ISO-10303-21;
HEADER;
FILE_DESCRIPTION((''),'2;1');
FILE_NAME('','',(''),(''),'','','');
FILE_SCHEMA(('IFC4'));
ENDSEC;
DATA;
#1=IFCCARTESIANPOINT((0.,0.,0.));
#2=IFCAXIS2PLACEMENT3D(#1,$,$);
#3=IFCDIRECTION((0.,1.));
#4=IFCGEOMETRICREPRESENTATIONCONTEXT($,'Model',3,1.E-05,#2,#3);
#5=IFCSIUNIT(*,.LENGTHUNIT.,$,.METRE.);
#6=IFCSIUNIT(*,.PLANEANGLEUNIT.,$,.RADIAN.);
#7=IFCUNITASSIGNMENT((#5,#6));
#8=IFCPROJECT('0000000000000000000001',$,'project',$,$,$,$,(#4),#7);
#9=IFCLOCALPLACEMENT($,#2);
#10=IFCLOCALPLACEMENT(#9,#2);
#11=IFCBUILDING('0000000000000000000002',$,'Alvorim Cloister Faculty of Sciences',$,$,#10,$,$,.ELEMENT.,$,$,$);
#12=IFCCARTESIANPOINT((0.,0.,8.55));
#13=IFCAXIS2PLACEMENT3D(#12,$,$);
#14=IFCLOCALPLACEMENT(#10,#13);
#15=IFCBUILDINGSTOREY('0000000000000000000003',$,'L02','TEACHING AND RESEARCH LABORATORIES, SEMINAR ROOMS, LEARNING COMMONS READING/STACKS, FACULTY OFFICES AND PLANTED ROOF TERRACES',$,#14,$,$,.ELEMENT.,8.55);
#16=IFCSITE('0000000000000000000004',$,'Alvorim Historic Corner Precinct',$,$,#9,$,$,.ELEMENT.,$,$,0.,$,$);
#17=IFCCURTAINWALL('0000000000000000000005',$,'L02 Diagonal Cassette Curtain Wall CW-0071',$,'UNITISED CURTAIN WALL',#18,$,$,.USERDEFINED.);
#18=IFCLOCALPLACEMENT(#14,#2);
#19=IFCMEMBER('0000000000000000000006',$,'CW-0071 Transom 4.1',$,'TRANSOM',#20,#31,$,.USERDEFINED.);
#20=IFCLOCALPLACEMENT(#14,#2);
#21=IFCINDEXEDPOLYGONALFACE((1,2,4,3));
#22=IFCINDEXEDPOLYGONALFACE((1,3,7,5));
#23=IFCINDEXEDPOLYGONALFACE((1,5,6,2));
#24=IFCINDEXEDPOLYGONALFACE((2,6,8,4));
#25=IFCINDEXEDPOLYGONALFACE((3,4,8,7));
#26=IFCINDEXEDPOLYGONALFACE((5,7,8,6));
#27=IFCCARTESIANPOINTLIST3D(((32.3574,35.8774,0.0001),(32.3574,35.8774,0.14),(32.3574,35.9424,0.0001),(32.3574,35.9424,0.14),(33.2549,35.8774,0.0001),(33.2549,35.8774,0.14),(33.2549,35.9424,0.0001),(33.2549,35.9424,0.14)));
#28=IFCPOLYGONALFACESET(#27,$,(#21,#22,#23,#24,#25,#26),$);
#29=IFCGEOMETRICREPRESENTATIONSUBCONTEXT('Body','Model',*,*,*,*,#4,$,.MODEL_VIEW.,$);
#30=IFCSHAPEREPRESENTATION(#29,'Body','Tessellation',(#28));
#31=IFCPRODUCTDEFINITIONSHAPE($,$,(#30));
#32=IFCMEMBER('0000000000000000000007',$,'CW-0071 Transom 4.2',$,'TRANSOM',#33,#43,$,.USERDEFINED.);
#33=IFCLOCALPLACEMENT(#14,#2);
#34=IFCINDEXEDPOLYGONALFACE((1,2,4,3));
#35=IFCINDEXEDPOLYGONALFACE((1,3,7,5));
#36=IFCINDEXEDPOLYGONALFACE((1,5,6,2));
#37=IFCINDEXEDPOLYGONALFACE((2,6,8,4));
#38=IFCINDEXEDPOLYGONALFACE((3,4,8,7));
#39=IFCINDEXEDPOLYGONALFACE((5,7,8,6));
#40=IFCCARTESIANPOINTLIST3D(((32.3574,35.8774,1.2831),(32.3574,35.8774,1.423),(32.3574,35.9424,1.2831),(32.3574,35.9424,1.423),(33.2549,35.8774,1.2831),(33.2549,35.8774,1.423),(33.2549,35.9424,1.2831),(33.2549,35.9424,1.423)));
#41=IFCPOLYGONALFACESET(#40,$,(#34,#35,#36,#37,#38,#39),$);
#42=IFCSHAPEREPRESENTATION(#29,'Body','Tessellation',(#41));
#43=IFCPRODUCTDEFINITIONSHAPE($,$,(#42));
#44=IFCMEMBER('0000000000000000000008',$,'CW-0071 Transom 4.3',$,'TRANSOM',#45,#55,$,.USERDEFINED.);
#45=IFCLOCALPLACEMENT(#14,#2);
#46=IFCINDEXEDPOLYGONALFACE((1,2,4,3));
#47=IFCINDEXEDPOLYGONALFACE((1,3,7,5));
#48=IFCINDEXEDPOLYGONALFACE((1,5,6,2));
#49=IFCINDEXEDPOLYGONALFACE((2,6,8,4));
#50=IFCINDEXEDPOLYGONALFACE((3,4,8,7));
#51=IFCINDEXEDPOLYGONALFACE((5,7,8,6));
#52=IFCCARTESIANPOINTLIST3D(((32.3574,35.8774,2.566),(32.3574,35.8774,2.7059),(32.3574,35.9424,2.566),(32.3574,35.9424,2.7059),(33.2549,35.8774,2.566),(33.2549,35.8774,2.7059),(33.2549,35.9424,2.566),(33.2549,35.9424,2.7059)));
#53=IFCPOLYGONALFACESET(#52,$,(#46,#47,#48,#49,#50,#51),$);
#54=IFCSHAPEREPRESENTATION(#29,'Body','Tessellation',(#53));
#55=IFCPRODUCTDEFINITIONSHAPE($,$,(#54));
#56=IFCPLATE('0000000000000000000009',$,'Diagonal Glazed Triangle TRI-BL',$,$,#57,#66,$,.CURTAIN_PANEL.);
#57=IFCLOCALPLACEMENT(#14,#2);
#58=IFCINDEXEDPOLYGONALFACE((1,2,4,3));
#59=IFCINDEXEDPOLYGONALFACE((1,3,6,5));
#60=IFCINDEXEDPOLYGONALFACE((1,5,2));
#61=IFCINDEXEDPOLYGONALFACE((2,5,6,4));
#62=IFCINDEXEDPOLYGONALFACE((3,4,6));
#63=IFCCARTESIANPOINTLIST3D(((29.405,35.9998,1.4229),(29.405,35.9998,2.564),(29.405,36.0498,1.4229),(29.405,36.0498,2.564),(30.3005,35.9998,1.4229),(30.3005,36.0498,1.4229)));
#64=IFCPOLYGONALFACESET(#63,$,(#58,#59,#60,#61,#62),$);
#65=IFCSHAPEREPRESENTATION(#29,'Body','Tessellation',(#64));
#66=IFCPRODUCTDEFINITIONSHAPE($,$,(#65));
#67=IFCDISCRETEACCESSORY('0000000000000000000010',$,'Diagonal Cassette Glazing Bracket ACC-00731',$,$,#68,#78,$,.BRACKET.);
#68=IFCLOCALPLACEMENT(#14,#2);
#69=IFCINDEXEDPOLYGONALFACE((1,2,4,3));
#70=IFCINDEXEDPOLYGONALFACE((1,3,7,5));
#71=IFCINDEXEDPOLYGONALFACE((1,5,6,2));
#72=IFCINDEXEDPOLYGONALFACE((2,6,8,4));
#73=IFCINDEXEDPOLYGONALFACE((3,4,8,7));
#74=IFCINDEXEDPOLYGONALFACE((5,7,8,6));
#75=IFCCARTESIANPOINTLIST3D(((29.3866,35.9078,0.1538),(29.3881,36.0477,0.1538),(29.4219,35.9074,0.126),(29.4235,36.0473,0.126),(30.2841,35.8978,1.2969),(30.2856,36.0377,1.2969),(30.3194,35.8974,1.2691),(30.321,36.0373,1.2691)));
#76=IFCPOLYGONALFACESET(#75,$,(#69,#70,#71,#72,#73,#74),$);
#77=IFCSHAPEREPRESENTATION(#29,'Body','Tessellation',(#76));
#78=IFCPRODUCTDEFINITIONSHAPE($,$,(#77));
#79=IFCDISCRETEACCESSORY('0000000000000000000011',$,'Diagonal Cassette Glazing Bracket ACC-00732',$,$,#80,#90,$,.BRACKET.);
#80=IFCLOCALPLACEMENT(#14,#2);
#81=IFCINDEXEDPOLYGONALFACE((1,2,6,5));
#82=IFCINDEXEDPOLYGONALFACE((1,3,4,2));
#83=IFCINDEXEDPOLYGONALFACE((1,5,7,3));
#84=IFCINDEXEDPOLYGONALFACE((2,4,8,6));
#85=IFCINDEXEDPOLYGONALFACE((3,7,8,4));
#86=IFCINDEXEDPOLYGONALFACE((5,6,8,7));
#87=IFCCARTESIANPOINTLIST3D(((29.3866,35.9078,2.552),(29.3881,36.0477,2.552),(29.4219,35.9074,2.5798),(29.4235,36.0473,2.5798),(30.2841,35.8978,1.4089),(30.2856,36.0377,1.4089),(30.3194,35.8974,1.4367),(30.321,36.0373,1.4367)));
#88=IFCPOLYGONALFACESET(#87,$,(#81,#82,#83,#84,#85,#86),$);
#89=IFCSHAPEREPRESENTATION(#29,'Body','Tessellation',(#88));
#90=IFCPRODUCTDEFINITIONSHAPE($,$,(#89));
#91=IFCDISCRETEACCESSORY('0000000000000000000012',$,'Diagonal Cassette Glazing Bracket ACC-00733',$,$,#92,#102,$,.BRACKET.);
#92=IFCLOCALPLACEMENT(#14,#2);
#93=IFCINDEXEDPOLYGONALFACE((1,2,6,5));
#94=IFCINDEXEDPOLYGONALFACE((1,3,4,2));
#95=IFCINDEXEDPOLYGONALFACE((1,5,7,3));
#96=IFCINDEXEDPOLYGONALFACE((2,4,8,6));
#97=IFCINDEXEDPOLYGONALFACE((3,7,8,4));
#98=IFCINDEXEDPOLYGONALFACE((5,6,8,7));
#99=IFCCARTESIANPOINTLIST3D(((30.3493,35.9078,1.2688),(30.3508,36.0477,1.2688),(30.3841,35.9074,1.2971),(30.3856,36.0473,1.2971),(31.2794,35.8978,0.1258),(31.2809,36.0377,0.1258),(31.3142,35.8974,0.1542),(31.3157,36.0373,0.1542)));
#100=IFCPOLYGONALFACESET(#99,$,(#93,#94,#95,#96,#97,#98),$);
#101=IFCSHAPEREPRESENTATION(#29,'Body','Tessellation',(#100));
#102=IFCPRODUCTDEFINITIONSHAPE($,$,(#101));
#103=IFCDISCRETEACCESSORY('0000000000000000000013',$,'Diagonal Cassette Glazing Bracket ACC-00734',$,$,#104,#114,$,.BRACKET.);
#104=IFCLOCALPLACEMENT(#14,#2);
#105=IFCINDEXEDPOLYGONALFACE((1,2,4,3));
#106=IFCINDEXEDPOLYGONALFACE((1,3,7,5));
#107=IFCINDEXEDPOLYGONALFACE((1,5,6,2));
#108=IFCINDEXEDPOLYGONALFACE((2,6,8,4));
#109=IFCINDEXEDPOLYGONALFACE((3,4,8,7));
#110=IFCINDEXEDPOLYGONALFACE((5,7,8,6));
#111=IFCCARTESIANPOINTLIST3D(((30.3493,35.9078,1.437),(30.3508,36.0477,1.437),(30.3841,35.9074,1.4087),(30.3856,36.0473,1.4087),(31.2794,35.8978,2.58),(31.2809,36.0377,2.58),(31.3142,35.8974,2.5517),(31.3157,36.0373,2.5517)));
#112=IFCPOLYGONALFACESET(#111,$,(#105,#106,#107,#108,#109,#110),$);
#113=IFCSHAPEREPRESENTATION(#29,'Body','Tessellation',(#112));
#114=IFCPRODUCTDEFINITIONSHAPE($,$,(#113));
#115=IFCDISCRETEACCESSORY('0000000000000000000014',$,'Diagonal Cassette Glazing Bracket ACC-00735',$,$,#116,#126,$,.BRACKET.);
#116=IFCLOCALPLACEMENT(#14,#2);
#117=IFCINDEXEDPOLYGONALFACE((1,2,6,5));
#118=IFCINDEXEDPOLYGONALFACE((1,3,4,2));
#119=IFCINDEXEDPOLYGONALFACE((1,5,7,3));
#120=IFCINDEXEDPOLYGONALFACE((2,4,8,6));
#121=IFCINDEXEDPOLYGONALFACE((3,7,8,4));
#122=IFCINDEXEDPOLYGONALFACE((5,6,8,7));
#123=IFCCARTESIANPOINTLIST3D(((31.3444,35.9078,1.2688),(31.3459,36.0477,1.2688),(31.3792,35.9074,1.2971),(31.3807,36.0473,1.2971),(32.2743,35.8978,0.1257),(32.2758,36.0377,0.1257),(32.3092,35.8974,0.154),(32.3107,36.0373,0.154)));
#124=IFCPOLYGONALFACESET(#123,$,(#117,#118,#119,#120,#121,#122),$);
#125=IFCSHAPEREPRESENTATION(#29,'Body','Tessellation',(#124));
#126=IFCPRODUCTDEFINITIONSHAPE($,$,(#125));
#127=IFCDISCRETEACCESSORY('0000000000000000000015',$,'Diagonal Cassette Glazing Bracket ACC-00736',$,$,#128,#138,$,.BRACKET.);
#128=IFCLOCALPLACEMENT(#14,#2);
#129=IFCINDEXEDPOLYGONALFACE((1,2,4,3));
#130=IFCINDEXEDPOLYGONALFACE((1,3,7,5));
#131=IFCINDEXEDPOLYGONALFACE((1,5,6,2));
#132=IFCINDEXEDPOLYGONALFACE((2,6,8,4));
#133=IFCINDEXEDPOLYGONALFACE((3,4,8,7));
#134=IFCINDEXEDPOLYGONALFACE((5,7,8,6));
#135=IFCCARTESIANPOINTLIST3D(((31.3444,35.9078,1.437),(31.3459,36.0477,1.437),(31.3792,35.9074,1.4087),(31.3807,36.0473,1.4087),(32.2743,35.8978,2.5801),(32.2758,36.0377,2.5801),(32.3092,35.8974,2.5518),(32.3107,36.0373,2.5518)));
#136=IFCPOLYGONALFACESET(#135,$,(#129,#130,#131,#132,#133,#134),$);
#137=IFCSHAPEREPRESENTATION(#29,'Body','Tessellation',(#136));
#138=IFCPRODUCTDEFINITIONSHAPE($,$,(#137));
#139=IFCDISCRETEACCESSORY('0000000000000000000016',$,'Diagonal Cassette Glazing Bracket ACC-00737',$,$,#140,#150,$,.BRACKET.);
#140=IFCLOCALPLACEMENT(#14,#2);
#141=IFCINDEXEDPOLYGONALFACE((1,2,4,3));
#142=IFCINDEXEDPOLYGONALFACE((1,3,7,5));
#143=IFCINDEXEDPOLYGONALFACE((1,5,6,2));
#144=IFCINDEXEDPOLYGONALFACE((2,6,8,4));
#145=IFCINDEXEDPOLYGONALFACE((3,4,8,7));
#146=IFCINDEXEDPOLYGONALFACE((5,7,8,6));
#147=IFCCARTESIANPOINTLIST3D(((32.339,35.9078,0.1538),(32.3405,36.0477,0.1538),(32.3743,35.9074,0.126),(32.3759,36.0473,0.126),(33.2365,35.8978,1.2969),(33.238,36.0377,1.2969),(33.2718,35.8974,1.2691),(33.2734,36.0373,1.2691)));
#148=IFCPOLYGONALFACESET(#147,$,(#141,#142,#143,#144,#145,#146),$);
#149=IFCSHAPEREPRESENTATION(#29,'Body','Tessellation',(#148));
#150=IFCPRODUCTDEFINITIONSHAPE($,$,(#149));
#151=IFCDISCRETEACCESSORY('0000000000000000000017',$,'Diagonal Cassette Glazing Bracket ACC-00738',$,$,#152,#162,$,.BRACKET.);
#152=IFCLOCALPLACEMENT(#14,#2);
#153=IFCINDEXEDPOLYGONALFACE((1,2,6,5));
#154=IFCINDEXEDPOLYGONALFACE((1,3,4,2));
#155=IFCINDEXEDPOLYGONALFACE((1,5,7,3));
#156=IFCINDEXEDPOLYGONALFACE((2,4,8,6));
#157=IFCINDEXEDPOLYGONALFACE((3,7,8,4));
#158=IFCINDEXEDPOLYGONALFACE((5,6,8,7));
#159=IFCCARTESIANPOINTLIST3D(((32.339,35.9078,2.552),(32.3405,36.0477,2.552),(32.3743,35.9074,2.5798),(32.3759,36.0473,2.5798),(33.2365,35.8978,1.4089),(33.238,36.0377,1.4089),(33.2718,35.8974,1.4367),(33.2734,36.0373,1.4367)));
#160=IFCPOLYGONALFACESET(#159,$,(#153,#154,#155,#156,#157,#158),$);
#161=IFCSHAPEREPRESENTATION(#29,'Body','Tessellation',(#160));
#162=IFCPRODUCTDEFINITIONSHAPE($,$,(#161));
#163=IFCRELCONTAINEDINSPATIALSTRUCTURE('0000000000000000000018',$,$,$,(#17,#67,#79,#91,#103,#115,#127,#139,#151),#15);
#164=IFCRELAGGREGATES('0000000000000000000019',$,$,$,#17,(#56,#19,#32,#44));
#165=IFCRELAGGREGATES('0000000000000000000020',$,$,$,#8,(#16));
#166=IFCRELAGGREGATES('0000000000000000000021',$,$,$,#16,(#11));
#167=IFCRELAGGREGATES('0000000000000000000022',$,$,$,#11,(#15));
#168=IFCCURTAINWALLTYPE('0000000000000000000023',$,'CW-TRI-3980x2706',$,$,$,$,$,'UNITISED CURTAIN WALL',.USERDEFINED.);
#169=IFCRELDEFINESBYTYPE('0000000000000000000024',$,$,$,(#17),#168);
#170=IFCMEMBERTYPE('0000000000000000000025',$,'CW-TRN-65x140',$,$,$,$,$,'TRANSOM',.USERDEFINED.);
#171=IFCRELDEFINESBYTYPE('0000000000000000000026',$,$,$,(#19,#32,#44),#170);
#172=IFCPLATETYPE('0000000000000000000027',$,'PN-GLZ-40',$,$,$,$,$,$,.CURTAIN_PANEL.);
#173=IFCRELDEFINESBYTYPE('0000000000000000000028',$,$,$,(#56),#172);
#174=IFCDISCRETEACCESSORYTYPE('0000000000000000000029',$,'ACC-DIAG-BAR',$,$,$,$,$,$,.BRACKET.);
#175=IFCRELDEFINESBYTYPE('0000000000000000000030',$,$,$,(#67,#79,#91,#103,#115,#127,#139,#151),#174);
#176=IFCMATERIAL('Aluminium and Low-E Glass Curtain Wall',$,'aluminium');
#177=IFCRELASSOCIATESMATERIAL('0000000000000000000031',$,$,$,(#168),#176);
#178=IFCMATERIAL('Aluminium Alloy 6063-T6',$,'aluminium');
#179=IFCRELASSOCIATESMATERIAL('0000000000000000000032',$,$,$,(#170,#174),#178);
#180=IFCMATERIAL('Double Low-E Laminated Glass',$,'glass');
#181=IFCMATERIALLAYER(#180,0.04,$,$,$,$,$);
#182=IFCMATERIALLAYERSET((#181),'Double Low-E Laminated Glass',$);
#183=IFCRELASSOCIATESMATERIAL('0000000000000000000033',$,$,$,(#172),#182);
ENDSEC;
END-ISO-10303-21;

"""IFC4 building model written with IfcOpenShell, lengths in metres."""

from ifc_helpers import new_model, si_unit, direction, frame, origin, origin_2d, place, context, subcontext, project, spatial, polyline, rectangle, outline, extrude, material, layer, layer_set, material_profile, profile_set, type_object, element, aggregate, save


model = new_model("IFC4")

# Units and contexts
model_context = context("Model", 3, precision=1e-05, world=origin(), true_north=direction((0.0, 1.0)))
body_context = subcontext(model_context, "Body", "Model", "MODEL_VIEW")
ifc_project = project(units=[si_unit("LENGTHUNIT", "METRE"), si_unit("PLANEANGLEUNIT", "RADIAN")], contexts=[model_context])

# Site, building, storey
site_placement = place(None, origin())
site = spatial("IfcSite", under=ifc_project, at=site_placement, Name="Alvorim Historic Corner Precinct", CompositionType="ELEMENT", RefElevation=0.0)
building_placement = place(site_placement, origin())
building = spatial("IfcBuilding", under=site, at=building_placement, Name="Alvorim Cloister Faculty of Sciences", CompositionType="ELEMENT")
storey_placement = place(building_placement, frame((0.0, 0.0, 8.55)))
storey = spatial("IfcBuildingStorey", under=building, at=storey_placement, Name="L02", Description="TEACHING AND RESEARCH LABORATORIES, SEMINAR ROOMS, LEARNING COMMONS READING/STACKS, FACULTY OFFICES AND PLANTED ROOF TERRACES", CompositionType="ELEMENT", Elevation=8.55)

# Curtain wall, members, plate
ifc_material_1 = material(Name="Aluminium and Low-E Glass Curtain Wall", Category="aluminium")
curtain_wall_type = type_object("IfcCurtainWallType", Name="CW-TRI-3980x2706", ElementType="UNITISED CURTAIN WALL", PredefinedType="USERDEFINED", material=ifc_material_1)
curtain_wall_placement = place(storey_placement, origin())
curtain_wall = element("IfcCurtainWall", 1, at=curtain_wall_placement, inside=storey, type_object=curtain_wall_type, Name="L02 Diagonal Cassette Curtain Wall CW-0071", ObjectType="UNITISED CURTAIN WALL", PredefinedType="USERDEFINED")
ifc_material_2 = material(Name="Aluminium Alloy 6063-T6", Category="aluminium")
ifc_material_profile_1 = material_profile(ifc_material_2, rectangle(XDim=0.0649, YDim=0.1399, at=origin_2d()), Name="ALU-TRN-65x140")
ifc_profile_set_1 = profile_set([ifc_material_profile_1], Name="Aluminium Alloy 6063-T6")
member_type_1 = type_object("IfcMemberType", Name="CW-TRN-65x140", ElementType="TRANSOM", PredefinedType="USERDEFINED", material=ifc_profile_set_1)
member_1_placement = place(storey_placement, frame((32.3574, 35.9099, 0.0701), z_axis=(1.0, 0.0, 0.0), x_axis=(0.0, 1.0, 0.0)))
member_1 = element("IfcMember", 2, at=member_1_placement, type_object=member_type_1, Name="CW-0071 Transom 4.1", ObjectType="TRANSOM", PredefinedType="USERDEFINED", context=body_context, shape_type="SweptSolid", body=[
    extrude(rectangle(XDim=0.0649, YDim=0.1399, at=origin_2d()), origin(), (0.0, 0.0, 1.0), 0.8975),
])
member_2_placement = place(storey_placement, frame((32.3574, 35.9099, 1.353), z_axis=(1.0, 0.0, 0.0), x_axis=(0.0, 1.0, 0.0)))
member_2 = element("IfcMember", 3, at=member_2_placement, type_object=member_type_1, Name="CW-0071 Transom 4.2", ObjectType="TRANSOM", PredefinedType="USERDEFINED", context=body_context, shape_type="SweptSolid", body=[
    extrude(rectangle(XDim=0.0649, YDim=0.1399, at=origin_2d()), origin(), (0.0, 0.0, 1.0), 0.8975),
])
member_3_placement = place(storey_placement, frame((32.3574, 35.9099, 2.636), z_axis=(1.0, 0.0, 0.0), x_axis=(0.0, 1.0, 0.0)))
member_3 = element("IfcMember", 4, at=member_3_placement, type_object=member_type_1, Name="CW-0071 Transom 4.3", ObjectType="TRANSOM", PredefinedType="USERDEFINED", context=body_context, shape_type="SweptSolid", body=[
    extrude(rectangle(XDim=0.0649, YDim=0.1399, at=origin_2d()), origin(), (0.0, 0.0, 1.0), 0.8975),
])
ifc_material_3 = material(Name="Double Low-E Laminated Glass", Category="glass")
ifc_layer = layer(ifc_material_3, 0.04)
ifc_layer_set = layer_set([ifc_layer], Name="Double Low-E Laminated Glass")
plate_type = type_object("IfcPlateType", Name="PN-GLZ-40", PredefinedType="CURTAIN_PANEL", material=ifc_layer_set)
plate_1_placement = place(storey_placement, frame((29.405, 36.0249, 1.4229), z_axis=(0.0, 0.0, 1.0), x_axis=(1.0, 0.0, 0.0)))
plate_1 = element("IfcPlate", 5, at=plate_1_placement, type_object=plate_type, Name="Diagonal Glazed Triangle TRI-BL", PredefinedType="CURTAIN_PANEL", context=body_context, shape_type="SweptSolid", body=[
    extrude(outline(polyline([(0.0, 0.0), (0.8955, 0.0), (0.0, 1.1411), (0.0, 0.0)])), frame((0.0, 0.0249, 0.0), z_axis=(0.0, -1.0, 0.0), x_axis=(1.0, 0.0, 0.0)), (0.0, 0.0, 1.0), 0.05),
])
aggregate(curtain_wall, [plate_1, member_1, member_2, member_3])

# Discrete accessories
discrete_accessory_type = type_object("IfcDiscreteAccessoryType", Name="ACC-DIAG-BAR", PredefinedType="BRACKET", material=ifc_material_2)
for number, where, z_axis, x_axis, name in (
    (6, (29.405, 35.9775, 0.1399), (0.617525, -0.006888, 0.786521), (0.011153, 0.999938, 0.0), "Diagonal Cassette Glazing Bracket ACC-00731"),
    (7, (29.405, 35.9775, 2.5659), (0.617525, -0.006888, -0.786521), (0.011153, 0.999938, 0.0), "Diagonal Cassette Glazing Bracket ACC-00732"),
):
    element("IfcDiscreteAccessory", number, at=place(storey_placement, frame(where, z_axis=z_axis, x_axis=x_axis)), inside=storey, type_object=discrete_accessory_type, Name=name, PredefinedType="BRACKET", context=body_context, shape_type="SweptSolid", body=[
        extrude(rectangle(XDim=0.1399, YDim=0.0449, at=origin_2d()), origin(), (0.0, 0.0, 1.0), 1.4534),
    ])
for number, where, z_axis, x_axis, name in (
    (8, (30.3674, 35.9775, 1.283), (0.631164, -0.006792, -0.77562), (0.010761, 0.999942, 0.0), "Diagonal Cassette Glazing Bracket ACC-00733"),
    (9, (30.3674, 35.9775, 1.4229), (0.631164, -0.006792, 0.77562), (0.010761, 0.999942, 0.0), "Diagonal Cassette Glazing Bracket ACC-00734"),
    (10, (31.3625, 35.9775, 1.283), (0.631064, -0.006793, -0.775701), (0.010763, 0.999942, 0.0), "Diagonal Cassette Glazing Bracket ACC-00735"),
    (11, (31.3625, 35.9775, 1.4229), (0.631064, -0.006793, 0.775701), (0.010763, 0.999942, 0.0), "Diagonal Cassette Glazing Bracket ACC-00736"),
):
    element("IfcDiscreteAccessory", number, at=place(storey_placement, frame(where, z_axis=z_axis, x_axis=x_axis)), inside=storey, type_object=discrete_accessory_type, Name=name, PredefinedType="BRACKET", context=body_context, shape_type="SweptSolid", body=[
        extrude(rectangle(XDim=0.1399, YDim=0.0449, at=origin_2d()), origin(), (0.0, 0.0, 1.0), 1.4736),
    ])
for number, where, z_axis, x_axis, name in (
    (12, (32.3574, 35.9775, 0.1399), (0.617525, -0.006888, 0.786521), (0.011153, 0.999938, 0.0), "Diagonal Cassette Glazing Bracket ACC-00737"),
    (13, (32.3574, 35.9775, 2.5659), (0.617525, -0.006888, -0.786521), (0.011153, 0.999938, 0.0), "Diagonal Cassette Glazing Bracket ACC-00738"),
):
    element("IfcDiscreteAccessory", number, at=place(storey_placement, frame(where, z_axis=z_axis, x_axis=x_axis)), inside=storey, type_object=discrete_accessory_type, Name=name, PredefinedType="BRACKET", context=body_context, shape_type="SweptSolid", body=[
        extrude(rectangle(XDim=0.1399, YDim=0.0449, at=origin_2d()), origin(), (0.0, 0.0, 1.0), 1.4534),
    ])

save(model, "model.ifc")
